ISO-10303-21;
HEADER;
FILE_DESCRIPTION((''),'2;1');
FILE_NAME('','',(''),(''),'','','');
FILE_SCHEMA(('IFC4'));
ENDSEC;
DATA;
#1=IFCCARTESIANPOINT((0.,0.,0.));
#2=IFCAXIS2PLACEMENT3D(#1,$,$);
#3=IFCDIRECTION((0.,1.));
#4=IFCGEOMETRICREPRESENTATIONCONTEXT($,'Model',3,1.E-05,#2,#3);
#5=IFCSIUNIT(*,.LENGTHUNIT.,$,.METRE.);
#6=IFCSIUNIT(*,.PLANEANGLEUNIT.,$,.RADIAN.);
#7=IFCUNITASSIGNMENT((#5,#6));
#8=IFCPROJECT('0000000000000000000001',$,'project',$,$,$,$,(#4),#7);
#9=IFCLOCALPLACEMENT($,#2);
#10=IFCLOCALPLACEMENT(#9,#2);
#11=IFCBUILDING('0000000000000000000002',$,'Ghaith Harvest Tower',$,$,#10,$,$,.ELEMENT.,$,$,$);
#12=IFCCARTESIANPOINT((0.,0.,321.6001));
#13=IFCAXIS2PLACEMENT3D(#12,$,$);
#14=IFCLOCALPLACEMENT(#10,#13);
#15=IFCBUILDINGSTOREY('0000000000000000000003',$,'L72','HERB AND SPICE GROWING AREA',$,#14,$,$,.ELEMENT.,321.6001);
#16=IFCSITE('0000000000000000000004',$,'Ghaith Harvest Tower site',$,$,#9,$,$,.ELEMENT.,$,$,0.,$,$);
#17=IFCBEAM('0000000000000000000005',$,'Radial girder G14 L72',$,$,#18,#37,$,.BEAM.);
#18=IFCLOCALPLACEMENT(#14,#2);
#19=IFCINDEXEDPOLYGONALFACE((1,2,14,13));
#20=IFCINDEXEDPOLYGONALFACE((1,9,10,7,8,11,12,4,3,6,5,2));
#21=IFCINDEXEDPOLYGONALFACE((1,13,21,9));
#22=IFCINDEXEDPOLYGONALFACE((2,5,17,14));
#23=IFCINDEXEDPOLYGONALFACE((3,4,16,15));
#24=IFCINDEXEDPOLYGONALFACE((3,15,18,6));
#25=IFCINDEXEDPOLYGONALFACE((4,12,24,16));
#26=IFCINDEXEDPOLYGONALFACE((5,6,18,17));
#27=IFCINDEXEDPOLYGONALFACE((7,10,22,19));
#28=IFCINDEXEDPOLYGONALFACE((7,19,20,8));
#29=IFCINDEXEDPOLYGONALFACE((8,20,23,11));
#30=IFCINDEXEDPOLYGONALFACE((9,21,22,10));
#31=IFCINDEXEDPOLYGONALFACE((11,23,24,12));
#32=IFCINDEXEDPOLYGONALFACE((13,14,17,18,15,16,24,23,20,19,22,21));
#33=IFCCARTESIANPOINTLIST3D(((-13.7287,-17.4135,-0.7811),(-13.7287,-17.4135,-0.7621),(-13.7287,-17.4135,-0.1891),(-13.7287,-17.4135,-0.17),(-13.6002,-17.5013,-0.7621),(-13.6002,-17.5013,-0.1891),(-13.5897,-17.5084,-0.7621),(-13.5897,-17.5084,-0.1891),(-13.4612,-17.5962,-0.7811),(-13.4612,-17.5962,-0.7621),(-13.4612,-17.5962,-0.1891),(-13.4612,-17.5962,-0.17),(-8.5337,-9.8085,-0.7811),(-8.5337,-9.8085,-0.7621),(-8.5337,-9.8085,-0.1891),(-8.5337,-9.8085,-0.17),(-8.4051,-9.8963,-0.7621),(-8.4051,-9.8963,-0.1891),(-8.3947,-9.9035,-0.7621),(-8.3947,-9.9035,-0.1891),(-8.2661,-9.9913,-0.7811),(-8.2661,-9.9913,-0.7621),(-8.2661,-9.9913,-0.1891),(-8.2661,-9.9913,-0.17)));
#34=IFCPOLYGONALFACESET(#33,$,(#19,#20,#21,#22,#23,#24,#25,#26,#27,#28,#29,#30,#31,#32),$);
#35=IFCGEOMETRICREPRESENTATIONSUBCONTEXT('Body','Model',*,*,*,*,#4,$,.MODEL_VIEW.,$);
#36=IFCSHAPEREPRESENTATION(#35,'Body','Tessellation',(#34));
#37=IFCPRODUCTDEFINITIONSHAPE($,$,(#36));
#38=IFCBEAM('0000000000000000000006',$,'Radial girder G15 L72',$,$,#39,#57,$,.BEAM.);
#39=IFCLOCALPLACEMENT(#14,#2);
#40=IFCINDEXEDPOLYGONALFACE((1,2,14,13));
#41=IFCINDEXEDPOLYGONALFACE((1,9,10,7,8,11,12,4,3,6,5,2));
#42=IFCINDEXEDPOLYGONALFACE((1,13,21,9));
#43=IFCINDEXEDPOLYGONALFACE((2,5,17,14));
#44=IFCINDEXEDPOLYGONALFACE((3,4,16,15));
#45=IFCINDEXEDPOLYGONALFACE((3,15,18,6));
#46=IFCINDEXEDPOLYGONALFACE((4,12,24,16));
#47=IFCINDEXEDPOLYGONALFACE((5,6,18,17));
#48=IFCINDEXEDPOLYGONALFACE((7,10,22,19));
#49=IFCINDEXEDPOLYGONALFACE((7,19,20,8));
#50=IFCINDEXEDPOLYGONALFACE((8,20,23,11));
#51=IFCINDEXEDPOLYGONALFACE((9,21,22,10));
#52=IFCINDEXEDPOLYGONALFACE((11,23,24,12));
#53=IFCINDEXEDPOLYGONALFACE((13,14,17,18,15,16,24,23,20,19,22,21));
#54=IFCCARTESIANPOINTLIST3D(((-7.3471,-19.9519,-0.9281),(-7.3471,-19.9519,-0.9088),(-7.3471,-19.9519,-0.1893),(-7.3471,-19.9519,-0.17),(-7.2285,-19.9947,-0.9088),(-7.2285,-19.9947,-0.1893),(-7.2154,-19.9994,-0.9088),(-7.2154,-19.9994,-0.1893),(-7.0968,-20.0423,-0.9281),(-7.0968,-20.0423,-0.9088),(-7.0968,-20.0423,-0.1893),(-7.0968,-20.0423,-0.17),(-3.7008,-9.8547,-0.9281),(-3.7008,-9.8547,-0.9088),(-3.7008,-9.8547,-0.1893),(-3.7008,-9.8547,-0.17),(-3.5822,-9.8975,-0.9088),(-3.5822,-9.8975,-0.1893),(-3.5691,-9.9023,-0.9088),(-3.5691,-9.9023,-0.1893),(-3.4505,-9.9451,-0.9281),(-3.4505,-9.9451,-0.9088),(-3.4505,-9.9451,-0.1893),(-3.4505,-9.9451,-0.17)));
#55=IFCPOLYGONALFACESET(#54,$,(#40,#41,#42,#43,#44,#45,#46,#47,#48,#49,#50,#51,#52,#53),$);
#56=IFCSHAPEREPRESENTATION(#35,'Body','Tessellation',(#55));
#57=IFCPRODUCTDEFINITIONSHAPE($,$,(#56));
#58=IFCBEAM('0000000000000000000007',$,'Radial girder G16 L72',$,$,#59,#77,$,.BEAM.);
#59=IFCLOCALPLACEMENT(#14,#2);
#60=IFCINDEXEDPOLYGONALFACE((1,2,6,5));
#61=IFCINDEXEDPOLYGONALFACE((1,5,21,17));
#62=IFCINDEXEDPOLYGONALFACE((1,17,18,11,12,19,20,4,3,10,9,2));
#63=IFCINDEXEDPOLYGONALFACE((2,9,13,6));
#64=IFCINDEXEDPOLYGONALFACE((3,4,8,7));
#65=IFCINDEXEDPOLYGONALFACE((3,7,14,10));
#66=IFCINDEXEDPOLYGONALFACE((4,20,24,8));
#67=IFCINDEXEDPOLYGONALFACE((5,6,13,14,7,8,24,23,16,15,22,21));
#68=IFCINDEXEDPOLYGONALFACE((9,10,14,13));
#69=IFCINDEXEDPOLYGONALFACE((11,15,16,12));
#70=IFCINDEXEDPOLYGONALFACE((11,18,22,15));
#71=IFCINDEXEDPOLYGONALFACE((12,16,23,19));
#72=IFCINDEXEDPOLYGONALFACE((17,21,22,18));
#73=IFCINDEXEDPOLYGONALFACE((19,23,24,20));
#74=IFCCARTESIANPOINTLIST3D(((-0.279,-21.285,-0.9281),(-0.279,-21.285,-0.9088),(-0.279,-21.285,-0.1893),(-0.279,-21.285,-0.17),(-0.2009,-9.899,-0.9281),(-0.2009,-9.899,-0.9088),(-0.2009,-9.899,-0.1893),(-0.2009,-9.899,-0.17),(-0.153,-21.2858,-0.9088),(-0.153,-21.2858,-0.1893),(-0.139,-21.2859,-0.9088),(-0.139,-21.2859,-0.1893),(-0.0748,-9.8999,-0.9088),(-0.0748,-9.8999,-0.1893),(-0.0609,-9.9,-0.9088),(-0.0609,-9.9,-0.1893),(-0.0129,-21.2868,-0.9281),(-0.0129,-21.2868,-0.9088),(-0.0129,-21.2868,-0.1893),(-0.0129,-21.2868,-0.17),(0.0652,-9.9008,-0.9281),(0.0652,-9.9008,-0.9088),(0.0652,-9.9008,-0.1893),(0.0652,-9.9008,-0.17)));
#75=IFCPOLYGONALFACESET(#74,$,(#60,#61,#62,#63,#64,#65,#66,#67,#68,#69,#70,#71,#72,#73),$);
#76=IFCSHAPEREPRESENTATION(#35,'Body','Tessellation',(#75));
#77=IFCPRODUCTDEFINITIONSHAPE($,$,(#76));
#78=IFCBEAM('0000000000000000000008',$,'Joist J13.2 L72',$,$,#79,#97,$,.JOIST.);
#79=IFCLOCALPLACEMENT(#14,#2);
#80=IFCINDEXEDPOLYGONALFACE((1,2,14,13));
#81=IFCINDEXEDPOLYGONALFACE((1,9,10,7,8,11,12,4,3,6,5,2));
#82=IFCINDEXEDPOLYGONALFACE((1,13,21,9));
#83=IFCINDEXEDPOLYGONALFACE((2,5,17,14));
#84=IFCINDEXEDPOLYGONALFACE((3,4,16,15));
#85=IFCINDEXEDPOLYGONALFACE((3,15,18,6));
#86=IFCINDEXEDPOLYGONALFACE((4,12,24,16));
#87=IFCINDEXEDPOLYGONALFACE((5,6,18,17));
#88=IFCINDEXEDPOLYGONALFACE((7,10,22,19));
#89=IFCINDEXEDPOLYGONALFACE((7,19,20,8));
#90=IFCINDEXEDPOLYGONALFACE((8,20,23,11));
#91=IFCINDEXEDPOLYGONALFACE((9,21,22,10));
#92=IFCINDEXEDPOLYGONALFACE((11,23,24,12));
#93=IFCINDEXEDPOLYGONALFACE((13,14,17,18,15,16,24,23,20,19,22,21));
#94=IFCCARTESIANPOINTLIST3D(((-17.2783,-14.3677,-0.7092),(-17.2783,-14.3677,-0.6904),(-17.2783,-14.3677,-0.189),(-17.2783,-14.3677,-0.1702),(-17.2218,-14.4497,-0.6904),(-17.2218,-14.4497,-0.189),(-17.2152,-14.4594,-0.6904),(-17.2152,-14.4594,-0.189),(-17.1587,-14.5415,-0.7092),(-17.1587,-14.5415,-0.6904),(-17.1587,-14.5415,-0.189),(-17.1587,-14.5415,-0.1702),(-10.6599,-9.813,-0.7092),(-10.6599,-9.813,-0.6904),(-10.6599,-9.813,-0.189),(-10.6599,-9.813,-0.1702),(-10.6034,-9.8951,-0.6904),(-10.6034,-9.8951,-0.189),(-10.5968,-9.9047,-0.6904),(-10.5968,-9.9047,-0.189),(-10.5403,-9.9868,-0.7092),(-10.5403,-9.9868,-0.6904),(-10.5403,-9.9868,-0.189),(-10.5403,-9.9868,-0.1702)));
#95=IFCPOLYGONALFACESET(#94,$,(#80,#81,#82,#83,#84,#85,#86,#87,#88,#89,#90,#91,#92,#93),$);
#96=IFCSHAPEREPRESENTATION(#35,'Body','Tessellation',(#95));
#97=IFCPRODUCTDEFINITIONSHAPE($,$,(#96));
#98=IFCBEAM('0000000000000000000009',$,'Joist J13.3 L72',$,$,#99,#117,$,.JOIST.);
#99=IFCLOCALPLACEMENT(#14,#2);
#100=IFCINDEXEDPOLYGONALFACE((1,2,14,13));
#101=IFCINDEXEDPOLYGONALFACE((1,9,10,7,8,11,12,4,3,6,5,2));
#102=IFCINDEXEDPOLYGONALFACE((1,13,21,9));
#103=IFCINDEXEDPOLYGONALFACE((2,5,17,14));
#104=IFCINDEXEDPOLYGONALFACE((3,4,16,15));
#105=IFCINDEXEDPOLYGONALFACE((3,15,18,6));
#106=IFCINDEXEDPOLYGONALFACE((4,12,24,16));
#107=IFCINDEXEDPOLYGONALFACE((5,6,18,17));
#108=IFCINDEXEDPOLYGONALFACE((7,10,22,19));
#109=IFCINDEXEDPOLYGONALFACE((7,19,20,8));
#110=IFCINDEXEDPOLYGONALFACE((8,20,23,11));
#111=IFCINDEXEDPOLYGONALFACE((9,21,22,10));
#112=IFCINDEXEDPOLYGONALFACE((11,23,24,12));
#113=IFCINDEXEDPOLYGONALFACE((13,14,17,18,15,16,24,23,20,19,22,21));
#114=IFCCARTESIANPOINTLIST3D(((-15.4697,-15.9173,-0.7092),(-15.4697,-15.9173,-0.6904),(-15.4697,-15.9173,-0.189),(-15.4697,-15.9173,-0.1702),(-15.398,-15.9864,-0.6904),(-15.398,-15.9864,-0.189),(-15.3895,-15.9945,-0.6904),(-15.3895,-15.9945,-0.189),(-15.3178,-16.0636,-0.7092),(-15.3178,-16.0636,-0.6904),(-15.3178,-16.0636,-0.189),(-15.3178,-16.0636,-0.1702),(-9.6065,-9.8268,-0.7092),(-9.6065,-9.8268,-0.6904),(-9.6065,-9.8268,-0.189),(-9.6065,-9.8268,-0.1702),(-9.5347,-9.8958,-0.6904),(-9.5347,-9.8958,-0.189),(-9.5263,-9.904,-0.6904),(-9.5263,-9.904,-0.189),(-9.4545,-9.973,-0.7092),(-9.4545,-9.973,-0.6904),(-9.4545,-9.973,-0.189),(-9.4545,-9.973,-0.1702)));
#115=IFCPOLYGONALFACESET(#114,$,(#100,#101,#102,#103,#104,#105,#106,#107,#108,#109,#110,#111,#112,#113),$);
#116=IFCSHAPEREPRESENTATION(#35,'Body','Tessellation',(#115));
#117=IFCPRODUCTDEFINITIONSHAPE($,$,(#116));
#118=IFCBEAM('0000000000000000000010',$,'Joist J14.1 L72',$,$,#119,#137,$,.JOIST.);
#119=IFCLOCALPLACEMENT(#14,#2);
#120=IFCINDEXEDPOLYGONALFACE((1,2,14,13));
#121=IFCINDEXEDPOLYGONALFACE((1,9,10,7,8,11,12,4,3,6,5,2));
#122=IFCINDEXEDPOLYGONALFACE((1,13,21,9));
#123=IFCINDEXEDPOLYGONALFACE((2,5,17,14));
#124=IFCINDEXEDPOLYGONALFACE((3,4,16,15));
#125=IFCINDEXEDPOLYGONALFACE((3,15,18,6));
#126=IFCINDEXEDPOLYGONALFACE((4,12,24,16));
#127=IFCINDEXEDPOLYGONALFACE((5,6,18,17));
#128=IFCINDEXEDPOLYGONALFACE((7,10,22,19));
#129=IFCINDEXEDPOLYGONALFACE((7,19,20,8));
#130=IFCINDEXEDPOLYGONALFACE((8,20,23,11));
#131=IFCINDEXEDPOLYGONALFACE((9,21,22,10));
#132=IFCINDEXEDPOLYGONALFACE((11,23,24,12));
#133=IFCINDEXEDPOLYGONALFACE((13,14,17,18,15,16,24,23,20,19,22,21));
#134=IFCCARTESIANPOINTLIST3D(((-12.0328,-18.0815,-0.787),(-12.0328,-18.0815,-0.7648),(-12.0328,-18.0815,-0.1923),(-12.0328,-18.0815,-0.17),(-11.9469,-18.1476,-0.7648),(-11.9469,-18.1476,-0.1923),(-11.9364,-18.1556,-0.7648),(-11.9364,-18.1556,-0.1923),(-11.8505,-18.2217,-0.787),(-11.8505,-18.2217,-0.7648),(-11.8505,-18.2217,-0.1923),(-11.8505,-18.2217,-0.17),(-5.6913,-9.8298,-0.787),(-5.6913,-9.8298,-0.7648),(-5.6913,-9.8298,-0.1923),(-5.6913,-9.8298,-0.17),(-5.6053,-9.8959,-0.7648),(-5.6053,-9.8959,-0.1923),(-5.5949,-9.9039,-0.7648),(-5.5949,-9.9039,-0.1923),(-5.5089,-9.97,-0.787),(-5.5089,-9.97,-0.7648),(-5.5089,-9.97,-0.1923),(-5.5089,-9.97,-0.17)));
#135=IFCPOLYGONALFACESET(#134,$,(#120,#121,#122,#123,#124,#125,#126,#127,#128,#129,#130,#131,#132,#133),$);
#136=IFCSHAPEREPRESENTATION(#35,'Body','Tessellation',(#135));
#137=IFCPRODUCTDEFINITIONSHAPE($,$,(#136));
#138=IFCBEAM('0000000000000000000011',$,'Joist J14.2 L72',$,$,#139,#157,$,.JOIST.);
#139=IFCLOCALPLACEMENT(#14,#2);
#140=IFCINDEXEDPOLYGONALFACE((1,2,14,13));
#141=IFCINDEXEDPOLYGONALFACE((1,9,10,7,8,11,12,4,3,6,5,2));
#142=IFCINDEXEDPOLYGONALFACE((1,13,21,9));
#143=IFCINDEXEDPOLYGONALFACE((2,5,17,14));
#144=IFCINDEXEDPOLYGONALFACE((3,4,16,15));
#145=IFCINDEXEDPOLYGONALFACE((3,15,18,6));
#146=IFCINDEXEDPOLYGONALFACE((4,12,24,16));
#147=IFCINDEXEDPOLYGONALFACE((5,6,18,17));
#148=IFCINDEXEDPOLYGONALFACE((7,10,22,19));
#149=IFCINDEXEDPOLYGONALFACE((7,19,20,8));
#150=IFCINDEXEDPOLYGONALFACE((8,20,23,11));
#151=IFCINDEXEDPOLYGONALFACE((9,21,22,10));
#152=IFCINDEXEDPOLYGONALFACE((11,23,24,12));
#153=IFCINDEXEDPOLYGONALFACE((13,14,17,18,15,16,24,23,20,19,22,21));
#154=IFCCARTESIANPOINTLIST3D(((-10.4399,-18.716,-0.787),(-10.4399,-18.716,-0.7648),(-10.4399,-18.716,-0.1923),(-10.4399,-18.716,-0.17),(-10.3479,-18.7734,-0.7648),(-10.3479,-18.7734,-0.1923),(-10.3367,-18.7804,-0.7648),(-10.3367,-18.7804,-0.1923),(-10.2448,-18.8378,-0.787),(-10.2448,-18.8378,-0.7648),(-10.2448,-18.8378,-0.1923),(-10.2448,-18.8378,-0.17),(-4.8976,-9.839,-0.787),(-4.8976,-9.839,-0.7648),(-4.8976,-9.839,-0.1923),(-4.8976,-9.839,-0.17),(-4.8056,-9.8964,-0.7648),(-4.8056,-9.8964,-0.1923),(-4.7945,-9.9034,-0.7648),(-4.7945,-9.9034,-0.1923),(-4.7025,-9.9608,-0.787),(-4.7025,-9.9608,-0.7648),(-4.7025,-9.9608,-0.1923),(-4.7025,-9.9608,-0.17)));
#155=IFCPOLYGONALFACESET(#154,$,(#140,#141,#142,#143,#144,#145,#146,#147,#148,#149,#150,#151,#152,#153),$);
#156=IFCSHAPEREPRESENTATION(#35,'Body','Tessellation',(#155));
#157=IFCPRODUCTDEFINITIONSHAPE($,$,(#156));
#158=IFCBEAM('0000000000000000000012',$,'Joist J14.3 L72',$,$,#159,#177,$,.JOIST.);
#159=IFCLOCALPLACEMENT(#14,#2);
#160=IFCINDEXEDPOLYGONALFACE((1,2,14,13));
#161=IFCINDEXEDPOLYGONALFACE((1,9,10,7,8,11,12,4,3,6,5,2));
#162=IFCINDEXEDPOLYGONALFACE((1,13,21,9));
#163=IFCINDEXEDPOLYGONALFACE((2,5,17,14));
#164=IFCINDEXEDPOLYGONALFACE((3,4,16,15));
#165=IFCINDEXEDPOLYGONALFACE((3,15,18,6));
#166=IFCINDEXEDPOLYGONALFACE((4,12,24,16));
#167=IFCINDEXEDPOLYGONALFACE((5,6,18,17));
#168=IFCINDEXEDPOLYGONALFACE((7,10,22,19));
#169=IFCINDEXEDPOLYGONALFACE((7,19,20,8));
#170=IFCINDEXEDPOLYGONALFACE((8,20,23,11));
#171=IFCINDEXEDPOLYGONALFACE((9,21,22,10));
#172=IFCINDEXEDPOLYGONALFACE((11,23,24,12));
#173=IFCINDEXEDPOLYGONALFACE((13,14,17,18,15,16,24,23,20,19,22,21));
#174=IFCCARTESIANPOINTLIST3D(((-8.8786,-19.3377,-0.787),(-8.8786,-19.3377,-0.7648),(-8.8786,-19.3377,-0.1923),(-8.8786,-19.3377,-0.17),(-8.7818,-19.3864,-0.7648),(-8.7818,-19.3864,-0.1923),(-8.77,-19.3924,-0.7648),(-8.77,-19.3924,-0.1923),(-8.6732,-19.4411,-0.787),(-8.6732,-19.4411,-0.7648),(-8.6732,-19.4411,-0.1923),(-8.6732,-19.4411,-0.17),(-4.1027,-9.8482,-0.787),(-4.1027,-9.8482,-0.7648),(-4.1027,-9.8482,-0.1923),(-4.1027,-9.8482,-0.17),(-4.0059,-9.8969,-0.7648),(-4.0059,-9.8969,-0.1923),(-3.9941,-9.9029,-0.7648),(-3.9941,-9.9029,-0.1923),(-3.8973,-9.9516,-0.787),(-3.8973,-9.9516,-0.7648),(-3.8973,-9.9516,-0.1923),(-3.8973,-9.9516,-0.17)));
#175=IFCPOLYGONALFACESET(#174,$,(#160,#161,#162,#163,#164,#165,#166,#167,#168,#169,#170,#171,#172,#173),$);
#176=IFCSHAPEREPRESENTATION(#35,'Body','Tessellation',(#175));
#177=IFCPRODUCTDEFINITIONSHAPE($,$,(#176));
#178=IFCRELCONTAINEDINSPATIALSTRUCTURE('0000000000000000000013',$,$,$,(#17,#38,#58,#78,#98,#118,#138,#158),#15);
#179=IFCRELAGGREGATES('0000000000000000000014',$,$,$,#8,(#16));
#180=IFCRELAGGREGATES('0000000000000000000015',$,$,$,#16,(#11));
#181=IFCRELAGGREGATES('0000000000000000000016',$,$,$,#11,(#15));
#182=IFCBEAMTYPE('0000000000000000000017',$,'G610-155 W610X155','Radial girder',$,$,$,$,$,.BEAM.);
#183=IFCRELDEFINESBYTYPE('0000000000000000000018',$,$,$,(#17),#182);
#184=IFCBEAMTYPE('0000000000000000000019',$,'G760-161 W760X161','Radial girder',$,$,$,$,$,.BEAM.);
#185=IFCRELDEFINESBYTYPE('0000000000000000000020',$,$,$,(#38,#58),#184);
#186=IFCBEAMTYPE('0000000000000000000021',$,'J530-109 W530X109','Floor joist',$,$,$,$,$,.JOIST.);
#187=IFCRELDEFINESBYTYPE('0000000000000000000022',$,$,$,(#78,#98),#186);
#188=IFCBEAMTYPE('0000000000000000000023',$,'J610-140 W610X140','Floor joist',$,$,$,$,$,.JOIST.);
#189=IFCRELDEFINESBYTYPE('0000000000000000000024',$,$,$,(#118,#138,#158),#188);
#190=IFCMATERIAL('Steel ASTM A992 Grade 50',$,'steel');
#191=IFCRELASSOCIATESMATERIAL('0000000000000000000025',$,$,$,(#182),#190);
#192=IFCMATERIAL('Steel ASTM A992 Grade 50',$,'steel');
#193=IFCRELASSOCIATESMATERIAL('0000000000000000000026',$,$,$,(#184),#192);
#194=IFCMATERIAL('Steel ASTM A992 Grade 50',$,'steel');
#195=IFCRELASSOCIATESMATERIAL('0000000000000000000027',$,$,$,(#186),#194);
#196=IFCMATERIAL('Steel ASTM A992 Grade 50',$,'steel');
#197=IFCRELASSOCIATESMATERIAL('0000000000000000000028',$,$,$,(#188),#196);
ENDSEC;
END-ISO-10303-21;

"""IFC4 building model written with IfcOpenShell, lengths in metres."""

from ifc_helpers import new_model, si_unit, direction, frame, origin, origin_2d, place, context, subcontext, project, spatial, i_section, extrude, material, material_profile, profile_set, type_object, element, save


model = new_model("IFC4")

# Units and contexts
model_context = context("Model", 3, precision=1e-05, world=origin(), true_north=direction((0.0, 1.0)))
body_context = subcontext(model_context, "Body", "Model", "MODEL_VIEW")
ifc_project = project(units=[si_unit("LENGTHUNIT", "METRE"), si_unit("PLANEANGLEUNIT", "RADIAN")], contexts=[model_context])

# Site, building, storey
site_placement = place(None, origin())
site = spatial("IfcSite", under=ifc_project, at=site_placement, Name="Ghaith Harvest Tower site", CompositionType="ELEMENT", RefElevation=0.0)
building_placement = place(site_placement, origin())
building = spatial("IfcBuilding", under=site, at=building_placement, Name="Ghaith Harvest Tower", CompositionType="ELEMENT")
storey_placement = place(building_placement, frame((0.0, 0.0, 321.6001)))
storey = spatial("IfcBuildingStorey", under=building, at=storey_placement, Name="L72", Description="HERB AND SPICE GROWING AREA", CompositionType="ELEMENT", Elevation=321.6001)

# Beams
ifc_material_1 = material(Name="Steel ASTM A992 Grade 50", Category="steel")
ifc_material_profile_1 = material_profile(ifc_material_1, i_section(OverallWidth=0.324, OverallDepth=0.6111, WebThickness=0.0127, FlangeThickness=0.019, at=origin_2d()), Name="W610X155")
ifc_profile_set_1 = profile_set([ifc_material_profile_1], Name="Steel ASTM A992 Grade 50")
beam_type_1 = type_object("IfcBeamType", Name="G610-155 W610X155", Description="Radial girder", PredefinedType="BEAM", material=ifc_profile_set_1)
beam_1_placement = place(storey_placement, frame((-8.3999, -9.8999, -0.4756), z_axis=(-0.564067, -0.825729, 0.0), x_axis=(0.825729, -0.564067, 0.0)))
element("IfcBeam", 1, at=beam_1_placement, inside=storey, type_object=beam_type_1, Name="Radial girder G14 L72", PredefinedType="BEAM", context=body_context, shape_type="SweptSolid", body=[
    extrude(i_section(OverallWidth=0.324, OverallDepth=0.6111, WebThickness=0.0127, FlangeThickness=0.019, at=origin_2d()), origin(), (0.0, 0.0, 1.0), 9.21),
])
ifc_material_2 = material(Name="Steel ASTM A992 Grade 50", Category="steel")
ifc_material_profile_2 = material_profile(ifc_material_2, i_section(OverallWidth=0.2661, OverallDepth=0.7581, WebThickness=0.0139, FlangeThickness=0.0193, at=origin_2d()), Name="W760X161")
ifc_profile_set_2 = profile_set([ifc_material_profile_2], Name="Steel ASTM A992 Grade 50")
beam_type_2 = type_object("IfcBeamType", Name="G760-161 W760X161", Description="Radial girder", PredefinedType="BEAM", material=ifc_profile_set_2)
beam_2_placement = place(storey_placement, frame((-3.5757, -9.8999, -0.5491), z_axis=(-0.339648, -0.940553, 0.0), x_axis=(0.940553, -0.339648, 0.0)))
element("IfcBeam", 2, at=beam_2_placement, inside=storey, type_object=beam_type_2, Name="Radial girder G15 L72", PredefinedType="BEAM", context=body_context, shape_type="SweptSolid", body=[
    extrude(i_section(OverallWidth=0.2661, OverallDepth=0.7581, WebThickness=0.0139, FlangeThickness=0.0193, at=origin_2d()), origin(), (0.0, 0.0, 1.0), 10.7354),
])
beam_3_placement = place(storey_placement, frame((-0.0679, -9.8999, -0.5491), z_axis=(-0.006861, -0.999976, 0.0), x_axis=(0.999976, -0.006861, 0.0)))
element("IfcBeam", 3, at=beam_3_placement, inside=storey, type_object=beam_type_2, Name="Radial girder G16 L72", PredefinedType="BEAM", context=body_context, shape_type="SweptSolid", body=[
    extrude(i_section(OverallWidth=0.2661, OverallDepth=0.7581, WebThickness=0.0139, FlangeThickness=0.0193, at=origin_2d()), origin(), (0.0, 0.0, 1.0), 11.3862),
])
ifc_material_3 = material(Name="Steel ASTM A992 Grade 50", Category="steel")
ifc_material_profile_3 = material_profile(ifc_material_3, i_section(OverallWidth=0.2109, OverallDepth=0.5391, WebThickness=0.0117, FlangeThickness=0.0188, at=origin_2d()), Name="W530X109")
ifc_profile_set_3 = profile_set([ifc_material_profile_3], Name="Steel ASTM A992 Grade 50")
beam_type_3 = type_object("IfcBeamType", Name="J530-109 W530X109", Description="Floor joist", PredefinedType="JOIST", material=ifc_profile_set_3)
beam_4_placement = place(storey_placement, frame((-10.6001, -9.8999, -0.4397), z_axis=(-0.823779, -0.566912, 0.0), x_axis=(0.566912, -0.823779, 0.0)))
element("IfcBeam", 4, at=beam_4_placement, inside=storey, type_object=beam_type_3, Name="Joist J13.2 L72", PredefinedType="JOIST", context=body_context, shape_type="SweptSolid", body=[
    extrude(i_section(OverallWidth=0.2109, OverallDepth=0.5391, WebThickness=0.0117, FlangeThickness=0.0188, at=origin_2d()), origin(), (0.0, 0.0, 1.0), 8.0342),
])
beam_5_placement = place(storey_placement, frame((-9.5305, -9.8999, -0.4397), z_axis=(-0.693536, -0.720422, 0.0), x_axis=(0.720422, -0.693536, 0.0)))
element("IfcBeam", 5, at=beam_5_placement, inside=storey, type_object=beam_type_3, Name="Joist J13.3 L72", PredefinedType="JOIST", context=body_context, shape_type="SweptSolid", body=[
    extrude(i_section(OverallWidth=0.2109, OverallDepth=0.5391, WebThickness=0.0117, FlangeThickness=0.0188, at=origin_2d()), origin(), (0.0, 0.0, 1.0), 8.4541),
])
ifc_material_4 = material(Name="Steel ASTM A992 Grade 50", Category="steel")
ifc_material_profile_4 = material_profile(ifc_material_4, i_section(OverallWidth=0.23, OverallDepth=0.6169, WebThickness=0.0132, FlangeThickness=0.0222, at=origin_2d()), Name="W610X140")
ifc_profile_set_4 = profile_set([ifc_material_profile_4], Name="Steel ASTM A992 Grade 50")
beam_type_4 = type_object("IfcBeamType", Name="J610-140 W610X140", Description="Floor joist", PredefinedType="JOIST", material=ifc_profile_set_4)
beam_6_placement = place(storey_placement, frame((-5.6001, -9.8999, -0.4785), z_axis=(-0.609354, -0.792899, 0.0), x_axis=(0.792899, -0.609354, 0.0)))
element("IfcBeam", 6, at=beam_6_placement, inside=storey, type_object=beam_type_4, Name="Joist J14.1 L72", PredefinedType="JOIST", context=body_context, shape_type="SweptSolid", body=[
    extrude(i_section(OverallWidth=0.23, OverallDepth=0.6169, WebThickness=0.0132, FlangeThickness=0.0222, at=origin_2d()), origin(), (0.0, 0.0, 1.0), 10.407),
])
beam_7_placement = place(storey_placement, frame((-4.8, -9.8999, -0.4785), z_axis=(-0.529596, -0.84825, 0.0), x_axis=(0.84825, -0.529596, 0.0)))
element("IfcBeam", 7, at=beam_7_placement, inside=storey, type_object=beam_type_4, Name="Joist J14.2 L72", PredefinedType="JOIST", context=body_context, shape_type="SweptSolid", body=[
    extrude(i_section(OverallWidth=0.23, OverallDepth=0.6169, WebThickness=0.0132, FlangeThickness=0.0222, at=origin_2d()), origin(), (0.0, 0.0, 1.0), 10.4651),
])
beam_8_placement = place(storey_placement, frame((-4.0, -9.8999, -0.4785), z_axis=(-0.449556, -0.893252, 0.0), x_axis=(0.893252, -0.449556, 0.0)))
element("IfcBeam", 8, at=beam_8_placement, inside=storey, type_object=beam_type_4, Name="Joist J14.3 L72", PredefinedType="JOIST", context=body_context, shape_type="SweptSolid", body=[
    extrude(i_section(OverallWidth=0.23, OverallDepth=0.6169, WebThickness=0.0132, FlangeThickness=0.0222, at=origin_2d()), origin(), (0.0, 0.0, 1.0), 10.6235),
])

save(model, "model.ifc")
